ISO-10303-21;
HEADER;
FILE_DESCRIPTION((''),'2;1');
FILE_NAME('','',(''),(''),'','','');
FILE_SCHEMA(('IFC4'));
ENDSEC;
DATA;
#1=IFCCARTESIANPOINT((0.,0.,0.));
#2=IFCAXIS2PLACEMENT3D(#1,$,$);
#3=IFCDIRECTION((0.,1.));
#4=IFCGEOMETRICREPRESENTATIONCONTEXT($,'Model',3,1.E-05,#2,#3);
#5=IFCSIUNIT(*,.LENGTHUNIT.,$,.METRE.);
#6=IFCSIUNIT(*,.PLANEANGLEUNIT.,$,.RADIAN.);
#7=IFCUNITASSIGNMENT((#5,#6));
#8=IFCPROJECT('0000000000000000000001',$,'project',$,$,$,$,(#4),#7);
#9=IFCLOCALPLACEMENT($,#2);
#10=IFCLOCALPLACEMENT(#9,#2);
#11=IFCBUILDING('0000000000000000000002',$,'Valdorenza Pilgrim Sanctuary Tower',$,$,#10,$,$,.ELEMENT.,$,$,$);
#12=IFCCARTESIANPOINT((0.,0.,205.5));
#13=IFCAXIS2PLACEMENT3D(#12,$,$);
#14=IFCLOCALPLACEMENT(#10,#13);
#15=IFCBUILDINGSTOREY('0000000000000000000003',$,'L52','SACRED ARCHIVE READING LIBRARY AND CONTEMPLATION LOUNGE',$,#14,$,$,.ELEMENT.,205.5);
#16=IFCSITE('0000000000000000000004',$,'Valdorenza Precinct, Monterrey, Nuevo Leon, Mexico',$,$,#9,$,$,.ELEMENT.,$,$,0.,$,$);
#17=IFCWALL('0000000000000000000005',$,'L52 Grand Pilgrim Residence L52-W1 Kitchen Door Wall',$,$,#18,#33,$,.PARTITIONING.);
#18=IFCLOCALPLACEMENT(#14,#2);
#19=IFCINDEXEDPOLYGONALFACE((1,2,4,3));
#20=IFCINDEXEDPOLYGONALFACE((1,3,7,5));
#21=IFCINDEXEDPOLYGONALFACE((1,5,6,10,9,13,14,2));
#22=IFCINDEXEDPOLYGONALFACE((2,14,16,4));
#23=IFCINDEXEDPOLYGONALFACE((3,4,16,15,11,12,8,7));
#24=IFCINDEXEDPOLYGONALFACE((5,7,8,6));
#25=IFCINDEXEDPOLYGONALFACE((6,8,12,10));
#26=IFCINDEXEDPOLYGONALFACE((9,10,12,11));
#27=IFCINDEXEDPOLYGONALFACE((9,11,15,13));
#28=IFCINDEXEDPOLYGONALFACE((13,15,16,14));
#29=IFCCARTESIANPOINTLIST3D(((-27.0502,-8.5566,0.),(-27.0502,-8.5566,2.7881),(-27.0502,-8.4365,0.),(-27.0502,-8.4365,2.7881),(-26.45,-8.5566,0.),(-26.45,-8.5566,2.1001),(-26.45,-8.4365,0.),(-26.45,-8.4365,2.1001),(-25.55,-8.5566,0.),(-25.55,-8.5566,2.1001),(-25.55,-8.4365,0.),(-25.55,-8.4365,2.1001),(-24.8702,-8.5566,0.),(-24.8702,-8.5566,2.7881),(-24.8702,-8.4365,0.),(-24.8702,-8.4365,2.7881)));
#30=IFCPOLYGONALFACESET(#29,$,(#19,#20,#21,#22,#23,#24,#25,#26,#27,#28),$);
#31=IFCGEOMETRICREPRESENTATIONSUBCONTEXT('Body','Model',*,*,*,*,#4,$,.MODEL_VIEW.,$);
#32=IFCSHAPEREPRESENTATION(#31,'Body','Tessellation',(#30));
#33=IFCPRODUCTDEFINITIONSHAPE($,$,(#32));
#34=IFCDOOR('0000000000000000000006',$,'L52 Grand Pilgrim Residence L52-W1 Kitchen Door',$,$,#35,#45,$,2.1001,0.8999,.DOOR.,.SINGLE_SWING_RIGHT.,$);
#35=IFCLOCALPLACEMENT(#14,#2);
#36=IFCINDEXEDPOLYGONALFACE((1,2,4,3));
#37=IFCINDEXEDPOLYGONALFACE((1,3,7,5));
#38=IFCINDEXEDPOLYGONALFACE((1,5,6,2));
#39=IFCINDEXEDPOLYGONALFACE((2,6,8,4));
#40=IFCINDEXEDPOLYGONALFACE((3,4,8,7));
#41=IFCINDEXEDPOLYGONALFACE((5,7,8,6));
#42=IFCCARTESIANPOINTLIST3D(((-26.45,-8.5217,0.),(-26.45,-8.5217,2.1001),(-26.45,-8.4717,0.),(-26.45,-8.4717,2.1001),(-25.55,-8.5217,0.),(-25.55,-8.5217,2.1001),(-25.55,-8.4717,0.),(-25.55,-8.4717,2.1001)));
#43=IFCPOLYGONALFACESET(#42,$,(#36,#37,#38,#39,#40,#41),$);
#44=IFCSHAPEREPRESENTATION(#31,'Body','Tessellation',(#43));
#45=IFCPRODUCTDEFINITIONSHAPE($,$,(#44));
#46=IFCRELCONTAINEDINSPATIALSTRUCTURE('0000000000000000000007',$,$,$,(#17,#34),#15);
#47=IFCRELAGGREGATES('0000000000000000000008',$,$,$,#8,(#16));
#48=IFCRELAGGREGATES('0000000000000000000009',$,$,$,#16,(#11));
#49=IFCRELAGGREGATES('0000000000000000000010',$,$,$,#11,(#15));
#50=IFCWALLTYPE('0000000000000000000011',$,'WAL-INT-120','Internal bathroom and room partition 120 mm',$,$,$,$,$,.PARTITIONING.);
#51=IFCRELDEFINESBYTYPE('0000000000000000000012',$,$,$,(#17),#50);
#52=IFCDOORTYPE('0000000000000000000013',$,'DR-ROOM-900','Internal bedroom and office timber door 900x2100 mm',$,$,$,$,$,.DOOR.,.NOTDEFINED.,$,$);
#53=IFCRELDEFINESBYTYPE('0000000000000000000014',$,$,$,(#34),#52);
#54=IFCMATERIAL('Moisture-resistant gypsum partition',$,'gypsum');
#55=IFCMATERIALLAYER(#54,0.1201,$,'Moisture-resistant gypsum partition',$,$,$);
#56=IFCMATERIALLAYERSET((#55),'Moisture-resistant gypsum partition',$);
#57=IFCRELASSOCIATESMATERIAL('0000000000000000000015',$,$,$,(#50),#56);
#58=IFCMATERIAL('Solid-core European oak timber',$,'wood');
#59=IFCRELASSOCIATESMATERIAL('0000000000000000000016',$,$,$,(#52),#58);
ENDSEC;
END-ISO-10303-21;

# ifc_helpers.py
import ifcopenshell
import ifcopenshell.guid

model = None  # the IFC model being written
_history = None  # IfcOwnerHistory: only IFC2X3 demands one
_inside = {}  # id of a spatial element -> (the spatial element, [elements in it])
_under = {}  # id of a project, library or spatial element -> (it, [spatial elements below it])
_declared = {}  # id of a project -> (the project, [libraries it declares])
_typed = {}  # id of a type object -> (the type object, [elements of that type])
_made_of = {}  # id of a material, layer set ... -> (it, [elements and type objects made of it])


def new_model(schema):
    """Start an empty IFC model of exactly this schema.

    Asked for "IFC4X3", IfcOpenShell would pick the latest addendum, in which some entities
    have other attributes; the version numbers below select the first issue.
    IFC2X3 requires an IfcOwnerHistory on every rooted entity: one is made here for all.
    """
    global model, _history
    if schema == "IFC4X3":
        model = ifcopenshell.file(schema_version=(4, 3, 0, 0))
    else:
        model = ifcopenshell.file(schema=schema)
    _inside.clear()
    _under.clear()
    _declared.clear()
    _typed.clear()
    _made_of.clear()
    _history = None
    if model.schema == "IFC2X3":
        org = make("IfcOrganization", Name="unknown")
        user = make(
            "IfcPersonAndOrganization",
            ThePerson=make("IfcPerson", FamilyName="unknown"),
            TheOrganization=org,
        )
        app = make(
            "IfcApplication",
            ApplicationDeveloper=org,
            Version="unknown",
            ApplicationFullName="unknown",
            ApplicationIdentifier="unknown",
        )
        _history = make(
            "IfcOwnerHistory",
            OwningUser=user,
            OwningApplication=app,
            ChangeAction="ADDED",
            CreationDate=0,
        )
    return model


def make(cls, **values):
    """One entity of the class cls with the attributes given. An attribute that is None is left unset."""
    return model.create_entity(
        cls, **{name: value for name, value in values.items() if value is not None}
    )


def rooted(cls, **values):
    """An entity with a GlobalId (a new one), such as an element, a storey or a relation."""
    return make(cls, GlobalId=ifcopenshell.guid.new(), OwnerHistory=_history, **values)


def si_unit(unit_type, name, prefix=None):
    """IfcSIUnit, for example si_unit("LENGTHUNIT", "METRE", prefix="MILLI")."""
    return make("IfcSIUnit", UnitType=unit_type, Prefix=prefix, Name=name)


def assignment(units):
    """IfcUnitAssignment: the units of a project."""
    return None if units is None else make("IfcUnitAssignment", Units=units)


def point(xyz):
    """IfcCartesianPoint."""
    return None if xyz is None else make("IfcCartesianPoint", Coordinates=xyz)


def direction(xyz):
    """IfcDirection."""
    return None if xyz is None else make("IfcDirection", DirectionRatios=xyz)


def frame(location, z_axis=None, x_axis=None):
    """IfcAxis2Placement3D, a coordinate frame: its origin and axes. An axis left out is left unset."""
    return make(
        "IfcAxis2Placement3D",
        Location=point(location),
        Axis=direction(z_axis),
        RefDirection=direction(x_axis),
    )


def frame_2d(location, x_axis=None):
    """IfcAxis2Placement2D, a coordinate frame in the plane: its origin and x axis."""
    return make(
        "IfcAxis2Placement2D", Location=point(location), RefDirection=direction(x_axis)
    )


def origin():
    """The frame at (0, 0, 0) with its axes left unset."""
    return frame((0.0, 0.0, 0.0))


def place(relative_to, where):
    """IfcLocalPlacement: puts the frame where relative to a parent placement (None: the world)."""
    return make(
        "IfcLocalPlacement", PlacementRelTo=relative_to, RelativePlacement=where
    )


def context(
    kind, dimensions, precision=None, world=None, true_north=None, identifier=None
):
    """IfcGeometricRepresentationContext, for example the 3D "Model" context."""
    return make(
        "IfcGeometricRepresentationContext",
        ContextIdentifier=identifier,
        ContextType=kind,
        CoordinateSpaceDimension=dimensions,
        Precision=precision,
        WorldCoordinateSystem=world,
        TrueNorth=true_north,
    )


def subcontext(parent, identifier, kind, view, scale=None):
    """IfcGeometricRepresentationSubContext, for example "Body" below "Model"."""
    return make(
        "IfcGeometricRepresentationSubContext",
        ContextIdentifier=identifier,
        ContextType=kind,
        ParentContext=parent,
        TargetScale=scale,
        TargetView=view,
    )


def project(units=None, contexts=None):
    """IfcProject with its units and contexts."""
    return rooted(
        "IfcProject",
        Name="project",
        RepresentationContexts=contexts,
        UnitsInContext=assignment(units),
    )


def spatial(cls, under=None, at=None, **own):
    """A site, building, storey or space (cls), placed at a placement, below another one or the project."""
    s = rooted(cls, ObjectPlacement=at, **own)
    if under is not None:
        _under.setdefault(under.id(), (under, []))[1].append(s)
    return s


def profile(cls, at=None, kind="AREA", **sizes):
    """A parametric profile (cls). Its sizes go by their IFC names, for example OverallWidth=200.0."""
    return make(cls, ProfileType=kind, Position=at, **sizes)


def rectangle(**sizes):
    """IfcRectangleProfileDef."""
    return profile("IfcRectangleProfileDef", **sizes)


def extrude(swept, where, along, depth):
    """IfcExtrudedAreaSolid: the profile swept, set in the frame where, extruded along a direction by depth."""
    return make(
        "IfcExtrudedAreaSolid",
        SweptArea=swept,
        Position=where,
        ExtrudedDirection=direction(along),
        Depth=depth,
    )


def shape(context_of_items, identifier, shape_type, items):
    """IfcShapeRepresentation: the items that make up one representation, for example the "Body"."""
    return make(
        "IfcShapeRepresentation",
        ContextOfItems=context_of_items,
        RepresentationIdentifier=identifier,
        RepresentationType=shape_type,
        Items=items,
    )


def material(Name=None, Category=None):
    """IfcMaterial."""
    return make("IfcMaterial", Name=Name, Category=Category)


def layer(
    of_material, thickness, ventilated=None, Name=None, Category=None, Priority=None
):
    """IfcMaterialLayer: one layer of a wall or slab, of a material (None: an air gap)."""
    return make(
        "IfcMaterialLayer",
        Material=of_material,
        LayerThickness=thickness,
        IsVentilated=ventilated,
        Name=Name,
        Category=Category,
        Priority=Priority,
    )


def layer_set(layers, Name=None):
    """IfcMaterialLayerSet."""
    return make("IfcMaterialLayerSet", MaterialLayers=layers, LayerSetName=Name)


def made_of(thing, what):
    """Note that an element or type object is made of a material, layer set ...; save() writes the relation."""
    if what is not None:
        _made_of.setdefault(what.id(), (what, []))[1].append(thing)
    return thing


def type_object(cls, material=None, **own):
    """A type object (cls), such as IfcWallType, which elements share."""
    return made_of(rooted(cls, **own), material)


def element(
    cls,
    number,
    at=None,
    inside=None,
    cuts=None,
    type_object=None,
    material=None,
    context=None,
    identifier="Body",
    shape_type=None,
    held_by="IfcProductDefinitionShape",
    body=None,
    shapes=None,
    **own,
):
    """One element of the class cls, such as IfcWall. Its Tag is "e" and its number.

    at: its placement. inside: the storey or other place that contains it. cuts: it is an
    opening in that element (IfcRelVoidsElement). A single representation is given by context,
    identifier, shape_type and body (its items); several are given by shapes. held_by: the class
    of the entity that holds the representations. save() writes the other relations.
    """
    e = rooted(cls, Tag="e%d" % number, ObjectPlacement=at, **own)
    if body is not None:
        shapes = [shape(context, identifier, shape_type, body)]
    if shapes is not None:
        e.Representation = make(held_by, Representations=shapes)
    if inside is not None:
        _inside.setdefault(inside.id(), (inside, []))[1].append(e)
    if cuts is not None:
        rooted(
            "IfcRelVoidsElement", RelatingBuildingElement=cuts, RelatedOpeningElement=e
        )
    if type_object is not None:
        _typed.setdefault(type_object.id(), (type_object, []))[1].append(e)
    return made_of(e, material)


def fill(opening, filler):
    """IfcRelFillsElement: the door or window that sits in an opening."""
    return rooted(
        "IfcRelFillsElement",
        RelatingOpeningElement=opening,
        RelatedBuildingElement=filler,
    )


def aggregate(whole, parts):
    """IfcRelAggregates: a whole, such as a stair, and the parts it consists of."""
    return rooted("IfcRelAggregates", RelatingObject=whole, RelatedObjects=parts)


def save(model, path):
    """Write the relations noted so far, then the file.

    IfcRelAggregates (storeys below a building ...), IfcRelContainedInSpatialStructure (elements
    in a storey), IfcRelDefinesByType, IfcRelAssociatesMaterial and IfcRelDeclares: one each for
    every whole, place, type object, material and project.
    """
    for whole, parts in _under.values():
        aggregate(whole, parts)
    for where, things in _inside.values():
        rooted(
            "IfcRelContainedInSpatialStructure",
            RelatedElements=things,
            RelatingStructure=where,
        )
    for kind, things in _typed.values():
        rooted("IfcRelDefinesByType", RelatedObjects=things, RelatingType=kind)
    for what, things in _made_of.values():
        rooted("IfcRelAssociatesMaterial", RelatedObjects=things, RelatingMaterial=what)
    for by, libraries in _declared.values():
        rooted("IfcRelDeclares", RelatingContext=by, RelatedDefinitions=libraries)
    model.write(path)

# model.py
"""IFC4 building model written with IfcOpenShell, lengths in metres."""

from ifc_helpers import new_model, si_unit, direction, frame, frame_2d, origin, place, context, subcontext, project, spatial, rectangle, extrude, material, layer, layer_set, type_object, element, fill, save


model = new_model("IFC4")

# Units and contexts
model_context = context("Model", 3, precision=1e-05, world=origin(), true_north=direction((0.0, 1.0)))
body_context = subcontext(model_context, "Body", "Model", "MODEL_VIEW")
ifc_project = project(units=[si_unit("LENGTHUNIT", "METRE"), si_unit("PLANEANGLEUNIT", "RADIAN")], contexts=[model_context])

# Site, building, storey
site_placement = place(None, origin())
site = spatial("IfcSite", under=ifc_project, at=site_placement, Name="Valdorenza Precinct, Monterrey, Nuevo Leon, Mexico", CompositionType="ELEMENT", RefElevation=0.0)
building_placement = place(site_placement, origin())
building = spatial("IfcBuilding", under=site, at=building_placement, Name="Valdorenza Pilgrim Sanctuary Tower", CompositionType="ELEMENT")
storey_placement = place(building_placement, frame((0.0, 0.0, 205.5)))
storey = spatial("IfcBuildingStorey", under=building, at=storey_placement, Name="L52", Description="SACRED ARCHIVE READING LIBRARY AND CONTEMPLATION LOUNGE", CompositionType="ELEMENT", Elevation=205.5)

# Shared definitions
ifc_material_1 = material(Name="Moisture-resistant gypsum partition", Category="gypsum")
ifc_layer = layer(ifc_material_1, 0.1201, Name="Moisture-resistant gypsum partition")
ifc_layer_set = layer_set([ifc_layer], Name="Moisture-resistant gypsum partition")
wall_type = type_object("IfcWallType", Name="WAL-INT-120", Description="Internal bathroom and room partition 120 mm", PredefinedType="PARTITIONING", material=ifc_layer_set)

# Wall, opening, door
wall_1_placement = place(storey_placement, frame((-27.05, -8.4966, 0.0), z_axis=(0.0, 0.0, 1.0), x_axis=(1.0, 0.0, 0.0)))
wall_1 = element("IfcWall", 1, at=wall_1_placement, inside=storey, type_object=wall_type, Name="L52 Grand Pilgrim Residence L52-W1 Kitchen Door Wall", PredefinedType="PARTITIONING", context=body_context, shape_type="SweptSolid", body=[
    extrude(rectangle(XDim=2.1799, YDim=0.1201, at=frame_2d((1.0898, 0.0))), origin(), (0.0, 0.0, 1.0), 2.7881),
])
opening_1_placement = place(wall_1_placement, frame((0.6001, 0.0, 0.0)))
opening_1 = element("IfcOpeningElement", 2, at=opening_1_placement, cuts=wall_1, PredefinedType="OPENING", context=body_context, shape_type="SweptSolid", body=[
    extrude(rectangle(XDim=0.8999, YDim=2.1001, at=frame_2d((0.45, 1.05))), frame((0.0, 0.075, 0.0), z_axis=(0.0, -1.0, 0.0), x_axis=(1.0, 0.0, 0.0)), (0.0, 0.0, 1.0), 0.1499),
])
ifc_material_2 = material(Name="Solid-core European oak timber", Category="wood")
door_type_1 = type_object("IfcDoorType", Name="DR-ROOM-900", Description="Internal bedroom and office timber door 900x2100 mm", OperationType="NOTDEFINED", PredefinedType="DOOR", material=ifc_material_2)
door_1_placement = place(opening_1_placement, origin())
door_1 = element("IfcDoor", 3, at=door_1_placement, inside=storey, type_object=door_type_1, Name="L52 Grand Pilgrim Residence L52-W1 Kitchen Door", OperationType="SINGLE_SWING_RIGHT", OverallHeight=2.1001, OverallWidth=0.8999, PredefinedType="DOOR", context=body_context, shape_type="SweptSolid", body=[
    extrude(rectangle(XDim=0.8999, YDim=2.1001, at=frame_2d((0.45, 1.05))), frame((0.0, 0.0249, 0.0), z_axis=(0.0, -1.0, 0.0), x_axis=(1.0, 0.0, 0.0)), (0.0, 0.0, 1.0), 0.05),
])
fill(opening_1, door_1)

save(model, "model.ifc")
